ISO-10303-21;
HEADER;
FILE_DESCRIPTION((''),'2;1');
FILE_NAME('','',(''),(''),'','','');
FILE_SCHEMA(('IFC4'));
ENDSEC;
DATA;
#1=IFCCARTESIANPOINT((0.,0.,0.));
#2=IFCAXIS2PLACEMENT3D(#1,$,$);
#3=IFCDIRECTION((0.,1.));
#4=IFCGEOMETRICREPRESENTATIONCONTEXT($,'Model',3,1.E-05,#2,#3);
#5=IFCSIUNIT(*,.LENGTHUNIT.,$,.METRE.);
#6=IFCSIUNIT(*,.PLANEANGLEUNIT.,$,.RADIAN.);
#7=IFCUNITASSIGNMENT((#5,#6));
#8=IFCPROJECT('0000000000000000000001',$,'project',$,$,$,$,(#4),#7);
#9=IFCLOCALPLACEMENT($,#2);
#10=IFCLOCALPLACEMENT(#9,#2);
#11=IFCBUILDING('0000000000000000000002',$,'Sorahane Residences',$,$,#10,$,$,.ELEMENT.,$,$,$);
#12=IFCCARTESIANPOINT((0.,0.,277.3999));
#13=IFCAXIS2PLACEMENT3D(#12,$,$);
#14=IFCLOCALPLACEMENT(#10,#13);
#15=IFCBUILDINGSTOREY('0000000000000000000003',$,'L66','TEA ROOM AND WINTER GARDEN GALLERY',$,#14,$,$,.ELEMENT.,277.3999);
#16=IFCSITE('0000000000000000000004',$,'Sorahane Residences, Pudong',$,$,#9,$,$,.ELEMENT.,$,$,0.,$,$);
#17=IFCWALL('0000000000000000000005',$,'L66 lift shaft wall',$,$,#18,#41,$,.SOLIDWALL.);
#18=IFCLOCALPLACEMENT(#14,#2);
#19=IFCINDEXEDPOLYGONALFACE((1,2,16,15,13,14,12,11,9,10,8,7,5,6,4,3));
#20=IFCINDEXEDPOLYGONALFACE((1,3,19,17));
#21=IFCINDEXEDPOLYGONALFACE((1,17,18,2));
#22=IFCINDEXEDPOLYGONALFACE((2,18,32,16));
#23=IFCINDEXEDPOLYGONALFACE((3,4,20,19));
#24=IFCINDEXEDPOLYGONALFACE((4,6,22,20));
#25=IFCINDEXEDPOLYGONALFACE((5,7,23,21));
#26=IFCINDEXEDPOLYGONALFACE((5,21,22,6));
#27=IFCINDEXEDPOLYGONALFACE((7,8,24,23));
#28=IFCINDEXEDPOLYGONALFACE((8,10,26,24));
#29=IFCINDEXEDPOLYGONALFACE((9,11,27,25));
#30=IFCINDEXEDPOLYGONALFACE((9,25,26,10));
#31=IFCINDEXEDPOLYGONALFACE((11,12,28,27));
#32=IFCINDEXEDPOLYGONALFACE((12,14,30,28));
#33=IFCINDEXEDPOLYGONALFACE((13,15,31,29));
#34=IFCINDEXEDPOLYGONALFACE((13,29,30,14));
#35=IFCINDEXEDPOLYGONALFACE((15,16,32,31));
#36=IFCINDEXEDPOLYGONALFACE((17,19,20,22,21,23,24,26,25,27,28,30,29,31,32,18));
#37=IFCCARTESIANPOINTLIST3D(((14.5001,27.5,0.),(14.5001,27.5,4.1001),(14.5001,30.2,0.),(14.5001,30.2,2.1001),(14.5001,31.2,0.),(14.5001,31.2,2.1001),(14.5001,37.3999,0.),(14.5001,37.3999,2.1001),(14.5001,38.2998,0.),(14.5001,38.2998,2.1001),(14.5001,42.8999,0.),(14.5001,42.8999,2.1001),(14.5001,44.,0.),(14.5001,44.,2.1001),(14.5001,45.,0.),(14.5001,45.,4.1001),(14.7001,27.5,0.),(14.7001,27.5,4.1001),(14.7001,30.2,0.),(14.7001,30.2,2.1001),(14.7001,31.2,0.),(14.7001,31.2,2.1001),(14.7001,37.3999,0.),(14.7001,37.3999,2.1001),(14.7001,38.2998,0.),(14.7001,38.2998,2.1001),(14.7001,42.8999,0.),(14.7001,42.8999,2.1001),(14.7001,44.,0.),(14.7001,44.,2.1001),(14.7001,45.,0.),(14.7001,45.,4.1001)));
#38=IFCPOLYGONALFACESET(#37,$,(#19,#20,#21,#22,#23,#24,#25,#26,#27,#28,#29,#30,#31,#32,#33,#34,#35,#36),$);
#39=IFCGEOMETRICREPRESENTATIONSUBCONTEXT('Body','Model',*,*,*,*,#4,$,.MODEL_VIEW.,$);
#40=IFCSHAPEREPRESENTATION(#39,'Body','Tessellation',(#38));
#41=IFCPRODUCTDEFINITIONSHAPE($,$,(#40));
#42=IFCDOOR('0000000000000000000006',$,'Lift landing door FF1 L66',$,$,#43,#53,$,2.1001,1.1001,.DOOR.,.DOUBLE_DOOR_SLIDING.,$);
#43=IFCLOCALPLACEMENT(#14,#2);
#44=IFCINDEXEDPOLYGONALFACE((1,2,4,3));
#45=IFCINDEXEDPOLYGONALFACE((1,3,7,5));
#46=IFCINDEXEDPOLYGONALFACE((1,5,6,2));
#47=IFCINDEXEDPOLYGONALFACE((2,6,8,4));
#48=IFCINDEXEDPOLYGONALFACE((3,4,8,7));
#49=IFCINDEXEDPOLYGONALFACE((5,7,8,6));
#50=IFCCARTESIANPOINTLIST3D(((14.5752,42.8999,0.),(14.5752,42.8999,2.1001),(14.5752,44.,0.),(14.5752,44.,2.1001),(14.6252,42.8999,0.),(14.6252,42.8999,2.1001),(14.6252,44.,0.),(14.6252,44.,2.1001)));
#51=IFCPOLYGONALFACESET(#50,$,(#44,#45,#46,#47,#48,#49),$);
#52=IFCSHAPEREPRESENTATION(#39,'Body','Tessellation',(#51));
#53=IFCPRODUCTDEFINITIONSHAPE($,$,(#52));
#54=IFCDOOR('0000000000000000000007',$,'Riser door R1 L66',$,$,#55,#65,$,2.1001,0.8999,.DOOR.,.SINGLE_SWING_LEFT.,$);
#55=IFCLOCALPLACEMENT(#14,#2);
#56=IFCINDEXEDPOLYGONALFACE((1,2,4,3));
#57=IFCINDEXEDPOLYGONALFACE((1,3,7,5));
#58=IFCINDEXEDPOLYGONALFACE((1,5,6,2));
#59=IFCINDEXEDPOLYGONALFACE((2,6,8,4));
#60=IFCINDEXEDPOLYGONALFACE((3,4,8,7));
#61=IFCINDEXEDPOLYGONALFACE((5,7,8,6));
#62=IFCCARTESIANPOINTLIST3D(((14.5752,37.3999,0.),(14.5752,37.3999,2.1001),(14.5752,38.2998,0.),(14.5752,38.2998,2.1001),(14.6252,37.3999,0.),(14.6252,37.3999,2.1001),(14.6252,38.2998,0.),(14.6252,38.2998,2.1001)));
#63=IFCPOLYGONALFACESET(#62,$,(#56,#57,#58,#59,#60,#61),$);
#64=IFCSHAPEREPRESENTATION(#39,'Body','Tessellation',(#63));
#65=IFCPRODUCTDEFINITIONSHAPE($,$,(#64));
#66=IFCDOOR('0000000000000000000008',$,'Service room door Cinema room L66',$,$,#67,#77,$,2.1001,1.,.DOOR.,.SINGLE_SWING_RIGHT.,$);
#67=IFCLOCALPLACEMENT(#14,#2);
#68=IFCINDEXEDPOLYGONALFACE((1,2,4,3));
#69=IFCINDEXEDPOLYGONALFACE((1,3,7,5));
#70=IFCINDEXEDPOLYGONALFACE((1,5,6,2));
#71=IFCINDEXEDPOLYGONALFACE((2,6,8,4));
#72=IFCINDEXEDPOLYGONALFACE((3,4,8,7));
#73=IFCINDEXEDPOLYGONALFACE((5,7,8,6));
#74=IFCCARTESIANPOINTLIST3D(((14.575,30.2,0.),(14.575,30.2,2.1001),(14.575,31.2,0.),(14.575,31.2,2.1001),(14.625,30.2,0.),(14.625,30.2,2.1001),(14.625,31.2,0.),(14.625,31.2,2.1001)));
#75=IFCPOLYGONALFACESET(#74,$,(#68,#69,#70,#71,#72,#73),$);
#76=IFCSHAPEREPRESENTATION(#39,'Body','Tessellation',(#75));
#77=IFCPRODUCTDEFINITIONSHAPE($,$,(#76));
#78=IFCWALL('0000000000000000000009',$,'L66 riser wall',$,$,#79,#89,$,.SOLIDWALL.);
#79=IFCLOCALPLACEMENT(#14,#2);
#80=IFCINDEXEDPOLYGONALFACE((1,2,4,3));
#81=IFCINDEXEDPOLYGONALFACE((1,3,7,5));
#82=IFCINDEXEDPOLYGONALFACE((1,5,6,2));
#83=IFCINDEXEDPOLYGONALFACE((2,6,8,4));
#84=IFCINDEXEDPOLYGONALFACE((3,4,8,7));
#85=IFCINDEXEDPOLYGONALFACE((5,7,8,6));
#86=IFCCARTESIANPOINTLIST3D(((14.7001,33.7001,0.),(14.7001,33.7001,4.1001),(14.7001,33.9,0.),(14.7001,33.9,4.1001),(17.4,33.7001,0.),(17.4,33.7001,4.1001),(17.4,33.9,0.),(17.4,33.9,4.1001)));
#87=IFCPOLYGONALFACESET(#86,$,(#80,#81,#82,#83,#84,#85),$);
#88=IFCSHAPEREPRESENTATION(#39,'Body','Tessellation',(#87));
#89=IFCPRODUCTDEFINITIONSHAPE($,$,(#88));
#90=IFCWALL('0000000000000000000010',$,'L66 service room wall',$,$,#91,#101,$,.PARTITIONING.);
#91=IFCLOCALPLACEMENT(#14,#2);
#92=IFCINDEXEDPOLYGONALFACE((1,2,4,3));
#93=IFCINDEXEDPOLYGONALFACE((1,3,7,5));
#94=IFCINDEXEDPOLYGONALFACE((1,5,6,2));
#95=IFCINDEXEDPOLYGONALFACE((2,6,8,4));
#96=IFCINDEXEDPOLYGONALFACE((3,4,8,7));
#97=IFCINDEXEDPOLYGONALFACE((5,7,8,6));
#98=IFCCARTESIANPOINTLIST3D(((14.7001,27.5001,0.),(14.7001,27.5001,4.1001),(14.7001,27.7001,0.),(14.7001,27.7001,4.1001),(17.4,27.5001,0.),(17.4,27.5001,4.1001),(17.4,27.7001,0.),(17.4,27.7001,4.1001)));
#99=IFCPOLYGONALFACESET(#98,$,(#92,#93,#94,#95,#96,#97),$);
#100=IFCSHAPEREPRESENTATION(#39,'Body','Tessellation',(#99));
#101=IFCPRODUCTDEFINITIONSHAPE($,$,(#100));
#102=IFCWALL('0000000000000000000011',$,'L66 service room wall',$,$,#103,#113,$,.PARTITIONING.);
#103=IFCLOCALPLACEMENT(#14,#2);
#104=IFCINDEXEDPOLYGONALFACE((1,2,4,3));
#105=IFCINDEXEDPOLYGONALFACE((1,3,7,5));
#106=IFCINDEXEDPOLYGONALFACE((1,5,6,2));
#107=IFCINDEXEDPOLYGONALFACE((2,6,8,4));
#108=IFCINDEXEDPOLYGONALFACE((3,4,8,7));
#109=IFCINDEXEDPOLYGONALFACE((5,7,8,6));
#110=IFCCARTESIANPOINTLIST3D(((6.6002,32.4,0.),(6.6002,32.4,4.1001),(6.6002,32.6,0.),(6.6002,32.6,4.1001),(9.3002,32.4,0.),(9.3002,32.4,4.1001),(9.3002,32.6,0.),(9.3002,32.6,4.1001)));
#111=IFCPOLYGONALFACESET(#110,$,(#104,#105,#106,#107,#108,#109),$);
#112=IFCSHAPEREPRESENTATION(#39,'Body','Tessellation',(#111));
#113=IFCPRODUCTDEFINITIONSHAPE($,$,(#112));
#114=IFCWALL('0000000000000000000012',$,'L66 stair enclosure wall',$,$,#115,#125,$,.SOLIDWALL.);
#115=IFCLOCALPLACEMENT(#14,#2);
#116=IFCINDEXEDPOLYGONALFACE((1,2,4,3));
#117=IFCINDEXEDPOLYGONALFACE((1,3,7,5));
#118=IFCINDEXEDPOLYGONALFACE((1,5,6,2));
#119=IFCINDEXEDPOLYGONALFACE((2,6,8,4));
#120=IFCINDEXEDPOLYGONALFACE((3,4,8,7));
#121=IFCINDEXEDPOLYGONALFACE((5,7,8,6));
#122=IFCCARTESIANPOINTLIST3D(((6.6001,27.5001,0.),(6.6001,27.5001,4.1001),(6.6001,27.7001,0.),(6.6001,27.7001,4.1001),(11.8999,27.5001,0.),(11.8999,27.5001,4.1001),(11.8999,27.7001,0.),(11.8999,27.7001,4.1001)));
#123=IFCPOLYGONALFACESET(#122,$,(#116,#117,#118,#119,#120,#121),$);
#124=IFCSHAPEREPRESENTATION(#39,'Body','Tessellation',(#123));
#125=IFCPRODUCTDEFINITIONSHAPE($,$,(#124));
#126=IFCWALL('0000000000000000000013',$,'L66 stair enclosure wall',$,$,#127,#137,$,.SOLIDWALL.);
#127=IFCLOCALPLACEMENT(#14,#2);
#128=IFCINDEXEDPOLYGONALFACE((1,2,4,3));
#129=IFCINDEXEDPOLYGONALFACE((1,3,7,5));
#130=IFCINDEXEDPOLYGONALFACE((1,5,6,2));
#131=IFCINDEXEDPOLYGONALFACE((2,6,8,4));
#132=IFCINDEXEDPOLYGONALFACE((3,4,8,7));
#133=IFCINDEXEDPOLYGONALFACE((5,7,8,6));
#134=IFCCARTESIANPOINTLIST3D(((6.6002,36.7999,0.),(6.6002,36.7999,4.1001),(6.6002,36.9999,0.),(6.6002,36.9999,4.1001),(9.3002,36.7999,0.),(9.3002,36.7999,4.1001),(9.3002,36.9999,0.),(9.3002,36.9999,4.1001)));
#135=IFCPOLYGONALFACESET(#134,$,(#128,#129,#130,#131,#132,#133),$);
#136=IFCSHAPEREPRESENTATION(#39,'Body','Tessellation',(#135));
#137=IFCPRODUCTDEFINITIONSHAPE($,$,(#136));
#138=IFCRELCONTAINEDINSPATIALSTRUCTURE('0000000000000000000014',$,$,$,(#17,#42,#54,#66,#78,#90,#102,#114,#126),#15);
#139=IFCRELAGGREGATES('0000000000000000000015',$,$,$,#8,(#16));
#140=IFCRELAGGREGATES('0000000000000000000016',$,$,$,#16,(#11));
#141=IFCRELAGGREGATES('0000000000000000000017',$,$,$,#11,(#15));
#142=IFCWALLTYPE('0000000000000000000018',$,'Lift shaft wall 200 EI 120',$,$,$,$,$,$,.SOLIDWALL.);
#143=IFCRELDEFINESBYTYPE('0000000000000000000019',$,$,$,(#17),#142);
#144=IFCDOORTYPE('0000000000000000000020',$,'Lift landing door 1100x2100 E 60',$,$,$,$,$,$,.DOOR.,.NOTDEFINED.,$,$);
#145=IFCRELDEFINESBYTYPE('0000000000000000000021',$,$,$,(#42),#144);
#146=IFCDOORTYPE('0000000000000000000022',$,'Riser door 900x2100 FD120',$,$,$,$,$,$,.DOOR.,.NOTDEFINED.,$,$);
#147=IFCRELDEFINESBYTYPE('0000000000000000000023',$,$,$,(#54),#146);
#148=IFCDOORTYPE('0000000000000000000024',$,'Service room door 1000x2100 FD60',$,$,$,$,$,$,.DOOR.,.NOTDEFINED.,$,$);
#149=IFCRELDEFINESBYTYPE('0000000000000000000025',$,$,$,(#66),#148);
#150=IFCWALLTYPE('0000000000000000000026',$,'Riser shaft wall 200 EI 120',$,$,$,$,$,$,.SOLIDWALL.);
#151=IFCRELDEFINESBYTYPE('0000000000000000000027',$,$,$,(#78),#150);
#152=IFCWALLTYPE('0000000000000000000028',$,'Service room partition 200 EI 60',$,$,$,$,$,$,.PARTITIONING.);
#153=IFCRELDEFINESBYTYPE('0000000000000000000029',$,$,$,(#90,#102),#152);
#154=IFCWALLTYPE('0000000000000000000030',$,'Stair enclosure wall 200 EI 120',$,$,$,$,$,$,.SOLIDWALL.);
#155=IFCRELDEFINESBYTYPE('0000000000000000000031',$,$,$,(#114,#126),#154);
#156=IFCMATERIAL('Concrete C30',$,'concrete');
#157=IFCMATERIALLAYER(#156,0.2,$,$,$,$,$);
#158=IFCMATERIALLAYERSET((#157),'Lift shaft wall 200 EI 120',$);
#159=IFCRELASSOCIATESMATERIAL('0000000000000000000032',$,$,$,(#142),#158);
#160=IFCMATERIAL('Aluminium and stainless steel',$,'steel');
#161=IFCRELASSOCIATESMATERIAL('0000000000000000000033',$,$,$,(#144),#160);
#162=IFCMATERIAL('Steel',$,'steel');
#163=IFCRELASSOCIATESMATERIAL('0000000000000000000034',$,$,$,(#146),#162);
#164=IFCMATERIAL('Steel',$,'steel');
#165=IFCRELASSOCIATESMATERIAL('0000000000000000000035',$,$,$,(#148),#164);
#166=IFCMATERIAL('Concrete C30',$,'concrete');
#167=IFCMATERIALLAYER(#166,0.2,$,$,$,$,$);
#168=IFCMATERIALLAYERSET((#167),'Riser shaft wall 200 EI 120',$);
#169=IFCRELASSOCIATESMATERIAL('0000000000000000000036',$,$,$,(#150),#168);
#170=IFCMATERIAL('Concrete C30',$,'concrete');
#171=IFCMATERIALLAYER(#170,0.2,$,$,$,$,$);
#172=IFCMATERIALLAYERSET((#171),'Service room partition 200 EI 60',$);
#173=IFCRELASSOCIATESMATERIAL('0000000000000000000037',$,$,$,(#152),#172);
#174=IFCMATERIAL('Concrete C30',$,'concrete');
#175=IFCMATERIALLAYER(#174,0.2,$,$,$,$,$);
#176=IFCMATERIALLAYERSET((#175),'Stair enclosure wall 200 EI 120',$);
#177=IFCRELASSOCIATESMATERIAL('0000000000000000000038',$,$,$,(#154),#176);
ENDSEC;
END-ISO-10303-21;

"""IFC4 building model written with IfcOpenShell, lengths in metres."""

from ifc_helpers import new_model, si_unit, direction, frame, frame_2d, origin, place, context, subcontext, project, spatial, rectangle, extrude, material, layer, layer_set, type_object, element, fill, save


model = new_model("IFC4")

# Units and contexts
model_context = context("Model", 3, precision=1e-05, world=origin(), true_north=direction((0.0, 1.0)))
body_context = subcontext(model_context, "Body", "Model", "MODEL_VIEW")
ifc_project = project(units=[si_unit("LENGTHUNIT", "METRE"), si_unit("PLANEANGLEUNIT", "RADIAN")], contexts=[model_context])

# Site, building, storey
site_placement = place(None, origin())
site = spatial("IfcSite", under=ifc_project, at=site_placement, Name="Sorahane Residences, Pudong", CompositionType="ELEMENT", RefElevation=0.0)
building_placement = place(site_placement, origin())
building = spatial("IfcBuilding", under=site, at=building_placement, Name="Sorahane Residences", CompositionType="ELEMENT")
storey_placement = place(building_placement, frame((0.0, 0.0, 277.3999)))
storey = spatial("IfcBuildingStorey", under=building, at=storey_placement, Name="L66", Description="TEA ROOM AND WINTER GARDEN GALLERY", CompositionType="ELEMENT", Elevation=277.3999)

# Wall, openings, doors
ifc_material_1 = material(Name="Concrete C30", Category="concrete")
ifc_layer_1 = layer(ifc_material_1, 0.2)
ifc_layer_set_1 = layer_set([ifc_layer_1], Name="Lift shaft wall 200 EI 120")
wall_type_1 = type_object("IfcWallType", Name="Lift shaft wall 200 EI 120", PredefinedType="SOLIDWALL", material=ifc_layer_set_1)
wall_1_placement = place(storey_placement, frame((14.6001, 27.5, 0.0), z_axis=(0.0, 0.0, 1.0), x_axis=(0.0, 1.0, 0.0)))
wall_1 = element("IfcWall", 1, at=wall_1_placement, inside=storey, type_object=wall_type_1, Name="L66 lift shaft wall", PredefinedType="SOLIDWALL", context=body_context, shape_type="SweptSolid", body=[
    extrude(rectangle(XDim=17.5, YDim=0.2, at=frame_2d((8.75, 0.0))), origin(), (0.0, 0.0, 1.0), 4.1001),
])
opening_1_placement = place(wall_1_placement, frame((15.3999, 0.0, 0.0)))
opening_1 = element("IfcOpeningElement", 2, at=opening_1_placement, cuts=wall_1, PredefinedType="OPENING", context=body_context, shape_type="SweptSolid", body=[
    extrude(rectangle(XDim=1.1001, YDim=2.1001, at=frame_2d((0.55, 1.05))), frame((0.0, 0.1099, 0.0), z_axis=(0.0, -1.0, 0.0), x_axis=(1.0, 0.0, 0.0)), (0.0, 0.0, 1.0), 0.22),
])
opening_2_placement = place(wall_1_placement, frame((2.7, 0.0, 0.0)))
opening_2 = element("IfcOpeningElement", 3, at=opening_2_placement, cuts=wall_1, PredefinedType="OPENING", context=body_context, shape_type="SweptSolid", body=[
    extrude(rectangle(XDim=1.0, YDim=2.1001, at=frame_2d((0.5, 1.05))), frame((0.0, 0.1099, 0.0), z_axis=(0.0, -1.0, 0.0), x_axis=(1.0, 0.0, 0.0)), (0.0, 0.0, 1.0), 0.22),
])
opening_3_placement = place(wall_1_placement, frame((9.8999, 0.0, 0.0)))
opening_3 = element("IfcOpeningElement", 4, at=opening_3_placement, cuts=wall_1, PredefinedType="OPENING", context=body_context, shape_type="SweptSolid", body=[
    extrude(rectangle(XDim=0.8999, YDim=2.1001, at=frame_2d((0.45, 1.05))), frame((0.0, 0.1099, 0.0), z_axis=(0.0, -1.0, 0.0), x_axis=(1.0, 0.0, 0.0)), (0.0, 0.0, 1.0), 0.22),
])
ifc_material_2 = material(Name="Aluminium and stainless steel", Category="steel")
door_type_1 = type_object("IfcDoorType", Name="Lift landing door 1100x2100 E 60", OperationType="NOTDEFINED", PredefinedType="DOOR", material=ifc_material_2)
door_1_placement = place(opening_1_placement, origin())
door_1 = element("IfcDoor", 5, at=door_1_placement, inside=storey, type_object=door_type_1, Name="Lift landing door FF1 L66", OperationType="DOUBLE_DOOR_SLIDING", OverallHeight=2.1001, OverallWidth=1.1001, PredefinedType="DOOR", context=body_context, shape_type="SweptSolid", body=[
    extrude(rectangle(XDim=1.1001, YDim=2.1001, at=frame_2d((0.55, 1.05))), frame((0.0, 0.0249, 0.0), z_axis=(0.0, -1.0, 0.0), x_axis=(1.0, 0.0, 0.0)), (0.0, 0.0, 1.0), 0.05),
])
fill(opening_1, door_1)
ifc_material_3 = material(Name="Steel", Category="steel")
door_type_2 = type_object("IfcDoorType", Name="Riser door 900x2100 FD120", OperationType="NOTDEFINED", PredefinedType="DOOR", material=ifc_material_3)
door_2_placement = place(opening_3_placement, origin())
door_2 = element("IfcDoor", 6, at=door_2_placement, inside=storey, type_object=door_type_2, Name="Riser door R1 L66", OperationType="SINGLE_SWING_LEFT", OverallHeight=2.1001, OverallWidth=0.8999, PredefinedType="DOOR", context=body_context, shape_type="SweptSolid", body=[
    extrude(rectangle(XDim=0.8999, YDim=2.1001, at=frame_2d((0.45, 1.05))), frame((0.0, 0.0249, 0.0), z_axis=(0.0, -1.0, 0.0), x_axis=(1.0, 0.0, 0.0)), (0.0, 0.0, 1.0), 0.05),
])
fill(opening_3, door_2)
ifc_material_4 = material(Name="Steel", Category="steel")
door_type_3 = type_object("IfcDoorType", Name="Service room door 1000x2100 FD60", OperationType="NOTDEFINED", PredefinedType="DOOR", material=ifc_material_4)
door_3_placement = place(opening_2_placement, frame((1.0, 0.0, 0.0), z_axis=(0.0, 0.0, 1.0), x_axis=(-1.0, 0.0, 0.0)))
door_3 = element("IfcDoor", 7, at=door_3_placement, inside=storey, type_object=door_type_3, Name="Service room door Cinema room L66", OperationType="SINGLE_SWING_RIGHT", OverallHeight=2.1001, OverallWidth=1.0, PredefinedType="DOOR", context=body_context, shape_type="SweptSolid", body=[
    extrude(rectangle(XDim=1.0, YDim=2.1001, at=frame_2d((0.5, 1.05))), frame((0.0, 0.0249, 0.0), z_axis=(0.0, -1.0, 0.0), x_axis=(1.0, 0.0, 0.0)), (0.0, 0.0, 1.0), 0.05),
])
fill(opening_2, door_3)

# Walls
ifc_material_5 = material(Name="Concrete C30", Category="concrete")
ifc_layer_2 = layer(ifc_material_5, 0.2)
ifc_layer_set_2 = layer_set([ifc_layer_2], Name="Riser shaft wall 200 EI 120")
wall_type_2 = type_object("IfcWallType", Name="Riser shaft wall 200 EI 120", PredefinedType="SOLIDWALL", material=ifc_layer_set_2)
wall_2_placement = place(storey_placement, frame((14.7, 33.8, 0.0), z_axis=(0.0, 0.0, 1.0), x_axis=(1.0, 0.0, 0.0)))
element("IfcWall", 8, at=wall_2_placement, inside=storey, type_object=wall_type_2, Name="L66 riser wall", PredefinedType="SOLIDWALL", context=body_context, shape_type="SweptSolid", body=[
    extrude(rectangle(XDim=2.7, YDim=0.2, at=frame_2d((1.3501, 0.0))), origin(), (0.0, 0.0, 1.0), 4.1001),
])
ifc_material_6 = material(Name="Concrete C30", Category="concrete")
ifc_layer_3 = layer(ifc_material_6, 0.2)
ifc_layer_set_3 = layer_set([ifc_layer_3], Name="Service room partition 200 EI 60")
wall_type_3 = type_object("IfcWallType", Name="Service room partition 200 EI 60", PredefinedType="PARTITIONING", material=ifc_layer_set_3)
for number, where, z_axis, x_axis, name in (
    (9, (14.7, 27.6001, 0.0), (0.0, 0.0, 1.0), (1.0, 0.0, 0.0), "L66 service room wall"),
    (10, (6.6001, 32.5, 0.0), (0.0, 0.0, 1.0), (1.0, 0.0, 0.0), "L66 service room wall"),
):
    element("IfcWall", number, at=place(storey_placement, frame(where, z_axis=z_axis, x_axis=x_axis)), inside=storey, type_object=wall_type_3, Name=name, PredefinedType="PARTITIONING", context=body_context, shape_type="SweptSolid", body=[
        extrude(rectangle(XDim=2.7, YDim=0.2, at=frame_2d((1.3501, 0.0))), origin(), (0.0, 0.0, 1.0), 4.1001),
    ])
ifc_material_7 = material(Name="Concrete C30", Category="concrete")
ifc_layer_4 = layer(ifc_material_7, 0.2)
ifc_layer_set_4 = layer_set([ifc_layer_4], Name="Stair enclosure wall 200 EI 120")
wall_type_4 = type_object("IfcWallType", Name="Stair enclosure wall 200 EI 120", PredefinedType="SOLIDWALL", material=ifc_layer_set_4)
wall_3_placement = place(storey_placement, frame((6.6001, 27.6001, 0.0), z_axis=(0.0, 0.0, 1.0), x_axis=(1.0, 0.0, 0.0)))
element("IfcWall", 11, at=wall_3_placement, inside=storey, type_object=wall_type_4, Name="L66 stair enclosure wall", PredefinedType="SOLIDWALL", context=body_context, shape_type="SweptSolid", body=[
    extrude(rectangle(XDim=5.2998, YDim=0.2, at=frame_2d((2.6499, 0.0))), origin(), (0.0, 0.0, 1.0), 4.1001),
])
wall_4_placement = place(storey_placement, frame((6.6001, 36.8999, 0.0), z_axis=(0.0, 0.0, 1.0), x_axis=(1.0, 0.0, 0.0)))
element("IfcWall", 12, at=wall_4_placement, inside=storey, type_object=wall_type_4, Name="L66 stair enclosure wall", PredefinedType="SOLIDWALL", context=body_context, shape_type="SweptSolid", body=[
    extrude(rectangle(XDim=2.7, YDim=0.2, at=frame_2d((1.3501, 0.0))), origin(), (0.0, 0.0, 1.0), 4.1001),
])

save(model, "model.ifc")
